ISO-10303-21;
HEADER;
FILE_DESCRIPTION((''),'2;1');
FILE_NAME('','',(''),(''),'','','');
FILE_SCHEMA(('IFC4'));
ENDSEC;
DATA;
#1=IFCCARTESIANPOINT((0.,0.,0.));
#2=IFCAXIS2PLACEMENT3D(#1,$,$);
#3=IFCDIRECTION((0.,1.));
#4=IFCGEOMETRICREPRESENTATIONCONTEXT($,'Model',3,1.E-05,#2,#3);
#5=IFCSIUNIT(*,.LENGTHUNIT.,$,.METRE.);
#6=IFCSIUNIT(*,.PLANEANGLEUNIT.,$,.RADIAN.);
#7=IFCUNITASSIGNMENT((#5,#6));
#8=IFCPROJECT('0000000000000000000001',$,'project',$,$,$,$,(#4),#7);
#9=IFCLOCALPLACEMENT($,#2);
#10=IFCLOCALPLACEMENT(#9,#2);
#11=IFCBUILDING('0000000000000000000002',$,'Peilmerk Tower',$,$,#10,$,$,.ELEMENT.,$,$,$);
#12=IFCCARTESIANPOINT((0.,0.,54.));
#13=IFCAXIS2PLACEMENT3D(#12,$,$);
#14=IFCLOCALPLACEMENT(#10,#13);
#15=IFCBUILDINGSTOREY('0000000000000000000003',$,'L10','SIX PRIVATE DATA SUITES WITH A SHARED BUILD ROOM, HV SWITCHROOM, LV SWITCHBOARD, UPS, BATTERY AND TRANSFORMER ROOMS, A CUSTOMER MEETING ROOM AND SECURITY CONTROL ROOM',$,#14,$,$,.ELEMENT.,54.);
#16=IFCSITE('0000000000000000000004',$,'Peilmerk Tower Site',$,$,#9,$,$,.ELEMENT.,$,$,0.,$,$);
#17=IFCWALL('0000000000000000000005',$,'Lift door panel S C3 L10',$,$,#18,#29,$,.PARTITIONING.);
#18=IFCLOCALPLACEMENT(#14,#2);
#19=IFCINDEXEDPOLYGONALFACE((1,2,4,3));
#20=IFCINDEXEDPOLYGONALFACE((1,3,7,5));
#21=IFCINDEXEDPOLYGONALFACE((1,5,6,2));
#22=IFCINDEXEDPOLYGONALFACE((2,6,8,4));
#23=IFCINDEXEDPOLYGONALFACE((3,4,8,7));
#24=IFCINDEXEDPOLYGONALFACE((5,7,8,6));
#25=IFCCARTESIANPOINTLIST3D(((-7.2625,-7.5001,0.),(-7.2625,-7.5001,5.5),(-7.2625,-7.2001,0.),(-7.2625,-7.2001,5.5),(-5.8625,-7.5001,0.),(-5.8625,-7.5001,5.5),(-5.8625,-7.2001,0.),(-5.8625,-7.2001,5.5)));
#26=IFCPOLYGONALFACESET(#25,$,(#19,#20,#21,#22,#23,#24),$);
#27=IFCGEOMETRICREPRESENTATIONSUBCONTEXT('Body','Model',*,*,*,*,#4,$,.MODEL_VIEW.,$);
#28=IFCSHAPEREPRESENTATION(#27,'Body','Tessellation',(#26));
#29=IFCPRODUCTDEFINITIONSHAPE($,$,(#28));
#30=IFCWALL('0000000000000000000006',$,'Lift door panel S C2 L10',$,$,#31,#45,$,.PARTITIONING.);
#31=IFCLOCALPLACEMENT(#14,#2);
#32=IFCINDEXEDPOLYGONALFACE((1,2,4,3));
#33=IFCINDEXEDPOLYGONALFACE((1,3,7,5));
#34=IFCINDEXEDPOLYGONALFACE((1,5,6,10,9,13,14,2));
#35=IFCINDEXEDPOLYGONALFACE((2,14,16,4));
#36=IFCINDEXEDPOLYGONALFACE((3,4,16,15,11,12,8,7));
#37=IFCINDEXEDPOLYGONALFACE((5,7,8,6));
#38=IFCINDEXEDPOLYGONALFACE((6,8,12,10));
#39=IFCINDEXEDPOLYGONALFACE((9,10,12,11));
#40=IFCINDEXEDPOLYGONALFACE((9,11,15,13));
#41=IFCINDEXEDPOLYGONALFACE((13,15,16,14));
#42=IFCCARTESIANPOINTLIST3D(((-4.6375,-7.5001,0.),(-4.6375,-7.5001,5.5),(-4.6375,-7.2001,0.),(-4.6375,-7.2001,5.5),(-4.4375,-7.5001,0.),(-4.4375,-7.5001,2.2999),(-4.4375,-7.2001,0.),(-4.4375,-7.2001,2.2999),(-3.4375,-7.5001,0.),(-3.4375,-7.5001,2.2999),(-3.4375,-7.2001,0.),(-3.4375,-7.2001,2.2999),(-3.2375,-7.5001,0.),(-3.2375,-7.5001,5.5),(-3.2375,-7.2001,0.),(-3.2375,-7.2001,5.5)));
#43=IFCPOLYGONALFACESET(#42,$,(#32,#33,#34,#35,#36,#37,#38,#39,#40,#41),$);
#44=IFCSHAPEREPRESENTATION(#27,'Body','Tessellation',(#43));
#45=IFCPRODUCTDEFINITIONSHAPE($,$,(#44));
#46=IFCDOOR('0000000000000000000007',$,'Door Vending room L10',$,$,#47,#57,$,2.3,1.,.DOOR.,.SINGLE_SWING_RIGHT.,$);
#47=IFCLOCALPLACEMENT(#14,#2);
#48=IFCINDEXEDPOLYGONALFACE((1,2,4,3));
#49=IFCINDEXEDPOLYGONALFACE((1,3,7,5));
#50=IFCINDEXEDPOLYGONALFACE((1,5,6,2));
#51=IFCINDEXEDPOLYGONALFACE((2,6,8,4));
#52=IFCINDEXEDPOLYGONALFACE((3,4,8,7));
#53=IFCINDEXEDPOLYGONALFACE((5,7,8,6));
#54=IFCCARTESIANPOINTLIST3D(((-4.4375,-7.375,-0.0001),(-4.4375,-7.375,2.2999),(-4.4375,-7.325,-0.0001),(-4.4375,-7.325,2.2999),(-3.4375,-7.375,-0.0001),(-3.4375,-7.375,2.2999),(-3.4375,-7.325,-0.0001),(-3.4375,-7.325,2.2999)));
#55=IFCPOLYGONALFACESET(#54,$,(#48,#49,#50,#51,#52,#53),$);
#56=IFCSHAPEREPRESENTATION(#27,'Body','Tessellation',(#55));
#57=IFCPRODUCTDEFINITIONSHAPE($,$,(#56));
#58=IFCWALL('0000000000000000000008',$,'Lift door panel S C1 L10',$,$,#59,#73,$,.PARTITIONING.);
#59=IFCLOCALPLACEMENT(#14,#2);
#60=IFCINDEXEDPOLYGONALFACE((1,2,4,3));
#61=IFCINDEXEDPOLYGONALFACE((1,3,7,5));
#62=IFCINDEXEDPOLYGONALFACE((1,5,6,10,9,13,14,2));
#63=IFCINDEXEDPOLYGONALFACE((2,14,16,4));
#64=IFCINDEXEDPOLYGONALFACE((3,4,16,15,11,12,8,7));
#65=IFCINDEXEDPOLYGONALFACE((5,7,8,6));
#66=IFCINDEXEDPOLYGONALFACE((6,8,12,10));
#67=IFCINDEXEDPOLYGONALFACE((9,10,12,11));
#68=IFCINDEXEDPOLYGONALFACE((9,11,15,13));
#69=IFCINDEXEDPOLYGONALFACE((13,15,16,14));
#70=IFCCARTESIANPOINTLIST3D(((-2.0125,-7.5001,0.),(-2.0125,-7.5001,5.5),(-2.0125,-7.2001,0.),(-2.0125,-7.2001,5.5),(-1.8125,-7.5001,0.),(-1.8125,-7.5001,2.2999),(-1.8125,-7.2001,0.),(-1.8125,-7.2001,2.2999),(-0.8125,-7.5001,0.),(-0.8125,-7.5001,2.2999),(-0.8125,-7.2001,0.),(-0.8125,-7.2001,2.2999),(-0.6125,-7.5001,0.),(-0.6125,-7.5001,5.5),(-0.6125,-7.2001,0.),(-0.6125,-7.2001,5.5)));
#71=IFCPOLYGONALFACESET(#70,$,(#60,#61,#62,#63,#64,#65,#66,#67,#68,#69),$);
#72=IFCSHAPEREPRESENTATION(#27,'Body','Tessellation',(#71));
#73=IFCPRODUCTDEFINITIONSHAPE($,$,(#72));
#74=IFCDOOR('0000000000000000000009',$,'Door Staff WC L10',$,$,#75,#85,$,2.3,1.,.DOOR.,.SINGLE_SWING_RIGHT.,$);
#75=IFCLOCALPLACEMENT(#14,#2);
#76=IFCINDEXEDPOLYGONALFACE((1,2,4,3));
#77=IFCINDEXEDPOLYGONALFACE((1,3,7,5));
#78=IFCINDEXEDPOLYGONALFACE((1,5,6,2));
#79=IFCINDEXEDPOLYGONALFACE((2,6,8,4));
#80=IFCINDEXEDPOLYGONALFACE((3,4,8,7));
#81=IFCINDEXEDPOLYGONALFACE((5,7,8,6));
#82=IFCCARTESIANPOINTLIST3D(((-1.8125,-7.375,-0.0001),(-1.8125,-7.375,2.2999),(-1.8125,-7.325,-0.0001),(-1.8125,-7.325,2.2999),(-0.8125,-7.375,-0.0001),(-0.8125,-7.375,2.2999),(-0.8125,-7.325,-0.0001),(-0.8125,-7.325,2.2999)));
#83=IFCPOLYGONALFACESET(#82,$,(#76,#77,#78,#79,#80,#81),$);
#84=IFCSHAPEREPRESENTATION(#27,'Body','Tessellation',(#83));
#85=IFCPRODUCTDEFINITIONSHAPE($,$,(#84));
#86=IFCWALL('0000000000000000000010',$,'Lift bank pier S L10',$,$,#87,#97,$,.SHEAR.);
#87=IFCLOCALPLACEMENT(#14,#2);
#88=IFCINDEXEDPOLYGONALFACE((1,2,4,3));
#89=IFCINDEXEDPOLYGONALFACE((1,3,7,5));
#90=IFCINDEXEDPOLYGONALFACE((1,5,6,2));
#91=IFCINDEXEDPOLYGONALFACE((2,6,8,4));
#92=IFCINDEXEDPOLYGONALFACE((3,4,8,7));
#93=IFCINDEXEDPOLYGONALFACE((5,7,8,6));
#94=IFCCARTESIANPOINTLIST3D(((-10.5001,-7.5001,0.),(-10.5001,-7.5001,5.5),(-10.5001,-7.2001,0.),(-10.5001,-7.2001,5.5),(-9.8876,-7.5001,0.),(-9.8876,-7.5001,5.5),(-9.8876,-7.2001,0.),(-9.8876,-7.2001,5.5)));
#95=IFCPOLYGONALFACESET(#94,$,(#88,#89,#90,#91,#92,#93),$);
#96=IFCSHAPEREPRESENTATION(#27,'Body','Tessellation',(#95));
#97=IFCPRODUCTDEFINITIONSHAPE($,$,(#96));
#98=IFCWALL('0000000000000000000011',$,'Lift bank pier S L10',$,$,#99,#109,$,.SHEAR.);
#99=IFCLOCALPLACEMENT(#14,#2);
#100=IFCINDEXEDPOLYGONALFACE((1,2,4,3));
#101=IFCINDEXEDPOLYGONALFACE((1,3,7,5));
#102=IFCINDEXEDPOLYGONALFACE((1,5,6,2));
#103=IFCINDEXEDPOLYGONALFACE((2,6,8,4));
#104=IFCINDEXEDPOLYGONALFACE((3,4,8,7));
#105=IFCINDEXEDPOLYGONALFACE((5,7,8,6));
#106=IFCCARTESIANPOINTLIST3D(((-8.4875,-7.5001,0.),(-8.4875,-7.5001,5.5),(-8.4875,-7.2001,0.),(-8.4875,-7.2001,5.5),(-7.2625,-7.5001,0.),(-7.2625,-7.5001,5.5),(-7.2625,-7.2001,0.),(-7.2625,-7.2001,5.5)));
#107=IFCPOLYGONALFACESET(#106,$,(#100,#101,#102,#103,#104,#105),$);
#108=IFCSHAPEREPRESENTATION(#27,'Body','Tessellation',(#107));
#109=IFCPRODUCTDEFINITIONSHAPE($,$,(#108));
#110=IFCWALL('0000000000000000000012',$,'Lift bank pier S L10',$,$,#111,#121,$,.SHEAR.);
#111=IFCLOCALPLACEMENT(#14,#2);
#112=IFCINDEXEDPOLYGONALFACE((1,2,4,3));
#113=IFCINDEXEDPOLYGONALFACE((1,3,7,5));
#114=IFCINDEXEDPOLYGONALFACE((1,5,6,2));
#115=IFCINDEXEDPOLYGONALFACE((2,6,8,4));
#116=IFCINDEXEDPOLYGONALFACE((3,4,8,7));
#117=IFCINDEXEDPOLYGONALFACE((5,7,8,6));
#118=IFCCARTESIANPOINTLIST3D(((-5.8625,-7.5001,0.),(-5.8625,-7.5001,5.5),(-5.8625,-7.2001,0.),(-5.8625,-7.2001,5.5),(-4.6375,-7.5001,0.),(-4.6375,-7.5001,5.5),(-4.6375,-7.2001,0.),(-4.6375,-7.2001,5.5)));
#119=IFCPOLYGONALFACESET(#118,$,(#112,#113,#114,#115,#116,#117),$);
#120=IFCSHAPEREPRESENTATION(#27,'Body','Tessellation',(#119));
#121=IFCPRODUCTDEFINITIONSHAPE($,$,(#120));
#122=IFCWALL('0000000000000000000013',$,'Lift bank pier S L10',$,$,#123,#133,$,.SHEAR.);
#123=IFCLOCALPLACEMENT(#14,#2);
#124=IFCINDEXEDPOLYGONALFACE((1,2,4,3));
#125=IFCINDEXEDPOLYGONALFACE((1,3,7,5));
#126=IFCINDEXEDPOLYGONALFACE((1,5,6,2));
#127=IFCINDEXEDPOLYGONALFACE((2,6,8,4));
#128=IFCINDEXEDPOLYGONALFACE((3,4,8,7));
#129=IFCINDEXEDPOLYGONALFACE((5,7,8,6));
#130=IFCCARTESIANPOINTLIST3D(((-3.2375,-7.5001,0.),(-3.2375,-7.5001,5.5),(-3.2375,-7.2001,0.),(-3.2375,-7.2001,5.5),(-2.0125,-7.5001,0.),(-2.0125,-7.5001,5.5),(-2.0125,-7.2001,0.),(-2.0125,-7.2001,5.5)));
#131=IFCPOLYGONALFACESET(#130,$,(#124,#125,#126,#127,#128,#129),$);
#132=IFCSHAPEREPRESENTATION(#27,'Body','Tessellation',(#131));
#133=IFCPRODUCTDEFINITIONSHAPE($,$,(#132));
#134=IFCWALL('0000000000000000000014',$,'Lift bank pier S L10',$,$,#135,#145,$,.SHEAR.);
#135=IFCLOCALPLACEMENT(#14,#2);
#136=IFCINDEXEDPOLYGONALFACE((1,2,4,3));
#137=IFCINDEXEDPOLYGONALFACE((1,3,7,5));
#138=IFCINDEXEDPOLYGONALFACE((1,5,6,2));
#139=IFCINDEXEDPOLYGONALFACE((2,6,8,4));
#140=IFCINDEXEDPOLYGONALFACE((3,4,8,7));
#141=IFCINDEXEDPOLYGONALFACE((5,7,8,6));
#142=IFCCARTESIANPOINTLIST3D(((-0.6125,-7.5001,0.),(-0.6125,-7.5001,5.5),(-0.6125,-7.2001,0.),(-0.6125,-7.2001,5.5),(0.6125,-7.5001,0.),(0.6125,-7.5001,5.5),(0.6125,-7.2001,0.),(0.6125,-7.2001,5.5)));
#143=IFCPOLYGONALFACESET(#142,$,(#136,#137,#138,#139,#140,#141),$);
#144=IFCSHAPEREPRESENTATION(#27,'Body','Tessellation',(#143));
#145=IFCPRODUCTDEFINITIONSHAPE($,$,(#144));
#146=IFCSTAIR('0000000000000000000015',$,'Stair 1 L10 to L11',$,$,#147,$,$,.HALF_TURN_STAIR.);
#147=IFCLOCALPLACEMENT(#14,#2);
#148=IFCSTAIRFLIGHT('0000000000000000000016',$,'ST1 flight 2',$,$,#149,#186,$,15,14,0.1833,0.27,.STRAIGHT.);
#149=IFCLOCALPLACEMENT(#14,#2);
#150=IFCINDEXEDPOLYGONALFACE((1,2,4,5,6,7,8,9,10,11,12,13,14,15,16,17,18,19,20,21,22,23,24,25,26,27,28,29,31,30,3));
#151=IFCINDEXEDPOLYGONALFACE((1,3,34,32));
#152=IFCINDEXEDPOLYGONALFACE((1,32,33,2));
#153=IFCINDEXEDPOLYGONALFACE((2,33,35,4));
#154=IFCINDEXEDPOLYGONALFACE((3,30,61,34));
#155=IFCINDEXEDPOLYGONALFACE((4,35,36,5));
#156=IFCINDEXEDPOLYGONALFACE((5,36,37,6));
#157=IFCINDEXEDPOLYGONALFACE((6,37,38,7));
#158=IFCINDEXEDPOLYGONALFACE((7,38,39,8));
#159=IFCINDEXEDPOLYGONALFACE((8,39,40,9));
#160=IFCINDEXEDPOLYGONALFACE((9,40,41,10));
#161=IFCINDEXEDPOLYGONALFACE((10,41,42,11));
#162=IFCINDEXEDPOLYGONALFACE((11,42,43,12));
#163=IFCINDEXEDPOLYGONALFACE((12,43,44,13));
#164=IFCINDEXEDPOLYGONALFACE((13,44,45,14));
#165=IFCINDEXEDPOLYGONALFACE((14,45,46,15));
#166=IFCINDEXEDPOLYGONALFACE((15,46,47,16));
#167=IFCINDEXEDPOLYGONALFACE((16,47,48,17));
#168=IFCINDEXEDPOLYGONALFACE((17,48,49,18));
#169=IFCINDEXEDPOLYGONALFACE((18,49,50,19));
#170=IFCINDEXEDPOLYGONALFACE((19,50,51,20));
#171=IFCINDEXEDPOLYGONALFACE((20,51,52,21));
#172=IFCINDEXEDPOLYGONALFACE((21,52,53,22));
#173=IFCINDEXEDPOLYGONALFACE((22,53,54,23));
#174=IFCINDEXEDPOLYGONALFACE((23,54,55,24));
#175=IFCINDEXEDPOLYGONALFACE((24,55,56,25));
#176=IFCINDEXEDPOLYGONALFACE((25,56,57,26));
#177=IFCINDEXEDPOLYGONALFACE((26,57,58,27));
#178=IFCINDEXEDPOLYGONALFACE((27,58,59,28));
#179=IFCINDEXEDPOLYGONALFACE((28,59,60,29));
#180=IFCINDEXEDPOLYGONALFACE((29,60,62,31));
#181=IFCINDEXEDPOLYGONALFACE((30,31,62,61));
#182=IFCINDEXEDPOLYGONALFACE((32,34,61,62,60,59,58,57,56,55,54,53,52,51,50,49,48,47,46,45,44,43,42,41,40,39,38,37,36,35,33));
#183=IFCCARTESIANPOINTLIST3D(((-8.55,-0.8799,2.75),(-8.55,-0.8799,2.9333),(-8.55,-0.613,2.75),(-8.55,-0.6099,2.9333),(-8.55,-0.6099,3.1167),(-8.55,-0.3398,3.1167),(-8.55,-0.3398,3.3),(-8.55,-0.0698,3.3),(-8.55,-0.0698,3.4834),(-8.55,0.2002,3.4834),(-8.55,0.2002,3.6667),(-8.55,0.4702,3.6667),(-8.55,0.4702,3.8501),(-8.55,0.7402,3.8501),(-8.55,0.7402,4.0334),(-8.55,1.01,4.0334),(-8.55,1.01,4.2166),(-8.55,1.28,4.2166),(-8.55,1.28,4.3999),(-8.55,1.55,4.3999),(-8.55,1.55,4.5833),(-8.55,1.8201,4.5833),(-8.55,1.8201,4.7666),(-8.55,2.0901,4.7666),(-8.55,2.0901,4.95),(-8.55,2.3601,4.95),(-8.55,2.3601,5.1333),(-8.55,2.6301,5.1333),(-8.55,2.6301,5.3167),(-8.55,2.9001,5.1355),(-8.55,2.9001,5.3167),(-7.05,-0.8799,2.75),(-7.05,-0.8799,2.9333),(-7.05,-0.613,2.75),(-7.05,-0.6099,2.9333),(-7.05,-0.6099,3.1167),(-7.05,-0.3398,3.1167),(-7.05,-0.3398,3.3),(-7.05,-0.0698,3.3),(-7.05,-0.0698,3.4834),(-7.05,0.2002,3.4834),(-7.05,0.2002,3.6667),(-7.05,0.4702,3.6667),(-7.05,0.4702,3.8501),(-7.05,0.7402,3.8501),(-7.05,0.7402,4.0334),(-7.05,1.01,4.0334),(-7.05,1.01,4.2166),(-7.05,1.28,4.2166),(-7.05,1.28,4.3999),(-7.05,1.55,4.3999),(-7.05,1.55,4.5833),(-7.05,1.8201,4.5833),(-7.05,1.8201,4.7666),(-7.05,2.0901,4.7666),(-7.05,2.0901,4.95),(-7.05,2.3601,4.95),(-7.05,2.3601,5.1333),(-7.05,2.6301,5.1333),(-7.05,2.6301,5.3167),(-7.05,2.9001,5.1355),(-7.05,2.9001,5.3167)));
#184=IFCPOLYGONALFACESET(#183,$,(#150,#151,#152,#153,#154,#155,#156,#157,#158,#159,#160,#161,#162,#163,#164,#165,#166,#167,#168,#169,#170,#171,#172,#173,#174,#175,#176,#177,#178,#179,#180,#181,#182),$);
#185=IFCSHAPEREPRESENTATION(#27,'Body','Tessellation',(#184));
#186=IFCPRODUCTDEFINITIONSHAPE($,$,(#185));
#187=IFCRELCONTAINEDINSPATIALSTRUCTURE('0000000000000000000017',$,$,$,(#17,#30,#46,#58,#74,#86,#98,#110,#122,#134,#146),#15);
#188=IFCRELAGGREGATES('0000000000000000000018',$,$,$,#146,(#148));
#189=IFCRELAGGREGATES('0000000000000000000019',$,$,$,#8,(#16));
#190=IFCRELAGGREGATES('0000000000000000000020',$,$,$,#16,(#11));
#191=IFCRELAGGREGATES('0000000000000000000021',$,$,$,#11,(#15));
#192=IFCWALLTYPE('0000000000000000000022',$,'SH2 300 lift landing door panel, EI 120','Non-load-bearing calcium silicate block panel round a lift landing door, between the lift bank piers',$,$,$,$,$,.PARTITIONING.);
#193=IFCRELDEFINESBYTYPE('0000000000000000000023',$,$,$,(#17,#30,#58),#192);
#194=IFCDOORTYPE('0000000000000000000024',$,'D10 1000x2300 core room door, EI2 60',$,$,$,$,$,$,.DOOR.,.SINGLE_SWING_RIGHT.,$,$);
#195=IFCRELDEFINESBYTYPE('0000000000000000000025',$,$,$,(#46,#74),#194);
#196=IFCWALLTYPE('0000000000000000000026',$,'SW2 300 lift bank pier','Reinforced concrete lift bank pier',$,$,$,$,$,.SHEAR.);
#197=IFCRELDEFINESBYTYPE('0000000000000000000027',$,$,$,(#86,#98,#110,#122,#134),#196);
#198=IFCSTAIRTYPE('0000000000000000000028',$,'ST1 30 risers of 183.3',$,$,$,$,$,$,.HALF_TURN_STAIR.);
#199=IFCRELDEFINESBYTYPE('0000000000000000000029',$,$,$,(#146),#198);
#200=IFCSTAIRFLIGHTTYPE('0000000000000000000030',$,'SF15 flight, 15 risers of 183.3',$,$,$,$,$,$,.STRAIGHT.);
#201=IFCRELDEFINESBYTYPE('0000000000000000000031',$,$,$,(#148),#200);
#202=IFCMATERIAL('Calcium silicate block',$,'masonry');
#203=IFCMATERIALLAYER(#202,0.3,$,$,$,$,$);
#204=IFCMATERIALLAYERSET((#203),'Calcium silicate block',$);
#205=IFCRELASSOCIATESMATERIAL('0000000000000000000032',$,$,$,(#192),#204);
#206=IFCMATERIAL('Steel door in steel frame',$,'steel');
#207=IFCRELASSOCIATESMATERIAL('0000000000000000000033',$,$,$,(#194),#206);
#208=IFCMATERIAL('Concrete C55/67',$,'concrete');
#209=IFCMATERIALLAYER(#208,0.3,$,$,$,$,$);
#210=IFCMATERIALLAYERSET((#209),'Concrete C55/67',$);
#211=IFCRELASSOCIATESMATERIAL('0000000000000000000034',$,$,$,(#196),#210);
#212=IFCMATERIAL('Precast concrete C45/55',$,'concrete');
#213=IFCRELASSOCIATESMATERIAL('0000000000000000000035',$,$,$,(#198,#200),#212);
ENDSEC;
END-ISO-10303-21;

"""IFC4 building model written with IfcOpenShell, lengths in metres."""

from ifc_helpers import new_model, si_unit, direction, frame, frame_2d, origin, place, context, subcontext, project, spatial, polyline, rectangle, outline, extrude, material, layer, layer_set, type_object, element, fill, aggregate, save


model = new_model("IFC4")

# Units and contexts
model_context = context("Model", 3, precision=1e-05, world=origin(), true_north=direction((0.0, 1.0)))
body_context = subcontext(model_context, "Body", "Model", "MODEL_VIEW")
ifc_project = project(units=[si_unit("LENGTHUNIT", "METRE"), si_unit("PLANEANGLEUNIT", "RADIAN")], contexts=[model_context])

# Site, building, storey
site_placement = place(None, origin())
site = spatial("IfcSite", under=ifc_project, at=site_placement, Name="Peilmerk Tower Site", CompositionType="ELEMENT", RefElevation=0.0)
building_placement = place(site_placement, origin())
building = spatial("IfcBuilding", under=site, at=building_placement, Name="Peilmerk Tower", CompositionType="ELEMENT")
storey_placement = place(building_placement, frame((0.0, 0.0, 54.0)))
storey = spatial("IfcBuildingStorey", under=building, at=storey_placement, Name="L10", Description="SIX PRIVATE DATA SUITES WITH A SHARED BUILD ROOM, HV SWITCHROOM, LV SWITCHBOARD, UPS, BATTERY AND TRANSFORMER ROOMS, A CUSTOMER MEETING ROOM AND SECURITY CONTROL ROOM", CompositionType="ELEMENT", Elevation=54.0)

# Shared definitions
ifc_material_1 = material(Name="Calcium silicate block", Category="masonry")

# Shared definitions
ifc_layer_1 = layer(ifc_material_1, 0.3)
ifc_layer_set_1 = layer_set([ifc_layer_1], Name="Calcium silicate block")
wall_type_1 = type_object("IfcWallType", Name="SH2 300 lift landing door panel, EI 120", Description="Non-load-bearing calcium silicate block panel round a lift landing door, between the lift bank piers", PredefinedType="PARTITIONING", material=ifc_layer_set_1)
ifc_material_2 = material(Name="Steel door in steel frame", Category="steel")
door_type = type_object("IfcDoorType", Name="D10 1000x2300 core room door, EI2 60", OperationType="SINGLE_SWING_RIGHT", PredefinedType="DOOR", material=ifc_material_2)

# Wall
wall_1_placement = place(storey_placement, frame((-7.2625, -7.3501, 0.0), z_axis=(0.0, 0.0, 1.0), x_axis=(1.0, 0.0, 0.0)))
element("IfcWall", 1, at=wall_1_placement, inside=storey, type_object=wall_type_1, Name="Lift door panel S C3 L10", PredefinedType="PARTITIONING", context=body_context, shape_type="SweptSolid", body=[
    extrude(rectangle(XDim=1.3999, YDim=0.3, at=frame_2d((0.7, 0.0))), origin(), (0.0, 0.0, 1.0), 5.5),
])

# Walls, openings, doors
wall_2_placement = place(storey_placement, frame((-4.6375, -7.3501, 0.0), z_axis=(0.0, 0.0, 1.0), x_axis=(1.0, 0.0, 0.0)))
wall_2 = element("IfcWall", 2, at=wall_2_placement, inside=storey, type_object=wall_type_1, Name="Lift door panel S C2 L10", PredefinedType="PARTITIONING", context=body_context, shape_type="SweptSolid", body=[
    extrude(rectangle(XDim=1.3999, YDim=0.3, at=frame_2d((0.7, 0.0))), origin(), (0.0, 0.0, 1.0), 5.5),
])
opening_1_placement = place(wall_2_placement, frame((0.2, 0.0, 0.0)))
opening_1 = element("IfcOpeningElement", 3, at=opening_1_placement, cuts=wall_2, PredefinedType="OPENING", context=body_context, shape_type="SweptSolid", body=[
    extrude(rectangle(XDim=1.0, YDim=2.3, at=frame_2d((0.5, 1.1499))), frame((0.0, 0.1599, 0.0), z_axis=(0.0, -1.0, 0.0), x_axis=(1.0, 0.0, 0.0)), (0.0, 0.0, 1.0), 0.3201),
])
door_1_placement = place(opening_1_placement, frame((1.0, 0.0, 0.0), z_axis=(0.0, 0.0, 1.0), x_axis=(-1.0, 0.0, 0.0)))
door_1 = element("IfcDoor", 4, at=door_1_placement, inside=storey, type_object=door_type, Name="Door Vending room L10", OperationType="SINGLE_SWING_RIGHT", OverallHeight=2.3, OverallWidth=1.0, PredefinedType="DOOR", context=body_context, shape_type="SweptSolid", body=[
    extrude(rectangle(XDim=1.0, YDim=2.3, at=frame_2d((0.5, 1.1499))), frame((0.0, 0.0249, 0.0), z_axis=(0.0, -1.0, 0.0), x_axis=(1.0, 0.0, 0.0)), (0.0, 0.0, 1.0), 0.05),
])
fill(opening_1, door_1)
wall_3_placement = place(storey_placement, frame((-2.0125, -7.3501, 0.0), z_axis=(0.0, 0.0, 1.0), x_axis=(1.0, 0.0, 0.0)))
wall_3 = element("IfcWall", 5, at=wall_3_placement, inside=storey, type_object=wall_type_1, Name="Lift door panel S C1 L10", PredefinedType="PARTITIONING", context=body_context, shape_type="SweptSolid", body=[
    extrude(rectangle(XDim=1.3999, YDim=0.3, at=frame_2d((0.7, 0.0))), origin(), (0.0, 0.0, 1.0), 5.5),
])
opening_2_placement = place(wall_3_placement, frame((0.2, 0.0, 0.0)))
opening_2 = element("IfcOpeningElement", 6, at=opening_2_placement, cuts=wall_3, PredefinedType="OPENING", context=body_context, shape_type="SweptSolid", body=[
    extrude(rectangle(XDim=1.0, YDim=2.3, at=frame_2d((0.5, 1.1499))), frame((0.0, 0.1599, 0.0), z_axis=(0.0, -1.0, 0.0), x_axis=(1.0, 0.0, 0.0)), (0.0, 0.0, 1.0), 0.3201),
])
door_2_placement = place(opening_2_placement, frame((1.0, 0.0, 0.0), z_axis=(0.0, 0.0, 1.0), x_axis=(-1.0, 0.0, 0.0)))
door_2 = element("IfcDoor", 7, at=door_2_placement, inside=storey, type_object=door_type, Name="Door Staff WC L10", OperationType="SINGLE_SWING_RIGHT", OverallHeight=2.3, OverallWidth=1.0, PredefinedType="DOOR", context=body_context, shape_type="SweptSolid", body=[
    extrude(rectangle(XDim=1.0, YDim=2.3, at=frame_2d((0.5, 1.1499))), frame((0.0, 0.0249, 0.0), z_axis=(0.0, -1.0, 0.0), x_axis=(1.0, 0.0, 0.0)), (0.0, 0.0, 1.0), 0.05),
])
fill(opening_2, door_2)

# Walls
ifc_material_3 = material(Name="Concrete C55/67", Category="concrete")
ifc_layer_2 = layer(ifc_material_3, 0.3)
ifc_layer_set_2 = layer_set([ifc_layer_2], Name="Concrete C55/67")
wall_type_2 = type_object("IfcWallType", Name="SW2 300 lift bank pier", Description="Reinforced concrete lift bank pier", PredefinedType="SHEAR", material=ifc_layer_set_2)
wall_4_placement = place(storey_placement, frame((-10.5, -7.3501, 0.0), z_axis=(0.0, 0.0, 1.0), x_axis=(1.0, 0.0, 0.0)))
element("IfcWall", 8, at=wall_4_placement, inside=storey, type_object=wall_type_2, Name="Lift bank pier S L10", PredefinedType="SHEAR", context=body_context, shape_type="SweptSolid", body=[
    extrude(rectangle(XDim=0.6125, YDim=0.3, at=frame_2d((0.3062, 0.0))), origin(), (0.0, 0.0, 1.0), 5.5),
])
for number, where, z_axis, x_axis, name in (
    (9, (-8.4875, -7.3501, 0.0), (0.0, 0.0, 1.0), (1.0, 0.0, 0.0), "Lift bank pier S L10"),
    (10, (-5.8625, -7.3501, 0.0), (0.0, 0.0, 1.0), (1.0, 0.0, 0.0), "Lift bank pier S L10"),
    (11, (-3.2375, -7.3501, 0.0), (0.0, 0.0, 1.0), (1.0, 0.0, 0.0), "Lift bank pier S L10"),
    (12, (-0.6125, -7.3501, 0.0), (0.0, 0.0, 1.0), (1.0, 0.0, 0.0), "Lift bank pier S L10"),
):
    element("IfcWall", number, at=place(storey_placement, frame(where, z_axis=z_axis, x_axis=x_axis)), inside=storey, type_object=wall_type_2, Name=name, PredefinedType="SHEAR", context=body_context, shape_type="SweptSolid", body=[
        extrude(rectangle(XDim=1.2251, YDim=0.3, at=frame_2d((0.6125, 0.0))), origin(), (0.0, 0.0, 1.0), 5.5),
    ])

# Stair, stair flight
ifc_material_4 = material(Name="Precast concrete C45/55", Category="concrete")
stair_type = type_object("IfcStairType", Name="ST1 30 risers of 183.3", PredefinedType="HALF_TURN_STAIR", material=ifc_material_4)
stair_placement = place(storey_placement, origin())
stair = element("IfcStair", 13, at=stair_placement, inside=storey, type_object=stair_type, Name="Stair 1 L10 to L11", PredefinedType="HALF_TURN_STAIR")
stair_flight_type = type_object("IfcStairFlightType", Name="SF15 flight, 15 risers of 183.3", PredefinedType="STRAIGHT", material=ifc_material_4)
stair_flight_placement = place(storey_placement, frame((-7.8, -0.8799, 2.75), z_axis=(0.0, 0.0, 1.0), x_axis=(0.0, 1.0, 0.0)))
stair_flight = element("IfcStairFlight", 14, at=stair_flight_placement, type_object=stair_flight_type, Name="ST1 flight 2", NumberOfRisers=15, NumberOfTreads=14, PredefinedType="STRAIGHT", RiserHeight=0.1833, TreadLength=0.27, context=body_context, shape_type="SweptSolid", body=[
    extrude(outline(polyline([(0.0, 0.0), (0.0, 0.1833), (0.27, 0.1833), (0.27, 0.3667), (0.54, 0.3667), (0.54, 0.55), (0.8101, 0.55), (0.8101, 0.7334), (1.0801, 0.7334), (1.0801, 0.9167), (1.3501, 0.9167), (1.3501, 1.1001), (1.6201, 1.1001), (1.6201, 1.2834), (1.8899, 1.2834), (1.8899, 1.4666), (2.1599, 1.4666), (2.1599, 1.6499), (2.4299, 1.6499), (2.4299, 1.8333), (2.7, 1.8333), (2.7, 2.0166), (2.97, 2.0166), (2.97, 2.2), (3.24, 2.2), (3.24, 2.3833), (3.51, 2.3833), (3.51, 2.5667), (3.78, 2.5667), (3.78, 2.75), (3.78, 2.3855), (0.2668, 0.0), (0.0, 0.0)])), frame((0.0, 0.75, 0.0), z_axis=(0.0, -1.0, 0.0), x_axis=(1.0, 0.0, 0.0)), (0.0, 0.0, 1.0), 1.5),
])
aggregate(stair, [stair_flight])

save(model, "model.ifc")
